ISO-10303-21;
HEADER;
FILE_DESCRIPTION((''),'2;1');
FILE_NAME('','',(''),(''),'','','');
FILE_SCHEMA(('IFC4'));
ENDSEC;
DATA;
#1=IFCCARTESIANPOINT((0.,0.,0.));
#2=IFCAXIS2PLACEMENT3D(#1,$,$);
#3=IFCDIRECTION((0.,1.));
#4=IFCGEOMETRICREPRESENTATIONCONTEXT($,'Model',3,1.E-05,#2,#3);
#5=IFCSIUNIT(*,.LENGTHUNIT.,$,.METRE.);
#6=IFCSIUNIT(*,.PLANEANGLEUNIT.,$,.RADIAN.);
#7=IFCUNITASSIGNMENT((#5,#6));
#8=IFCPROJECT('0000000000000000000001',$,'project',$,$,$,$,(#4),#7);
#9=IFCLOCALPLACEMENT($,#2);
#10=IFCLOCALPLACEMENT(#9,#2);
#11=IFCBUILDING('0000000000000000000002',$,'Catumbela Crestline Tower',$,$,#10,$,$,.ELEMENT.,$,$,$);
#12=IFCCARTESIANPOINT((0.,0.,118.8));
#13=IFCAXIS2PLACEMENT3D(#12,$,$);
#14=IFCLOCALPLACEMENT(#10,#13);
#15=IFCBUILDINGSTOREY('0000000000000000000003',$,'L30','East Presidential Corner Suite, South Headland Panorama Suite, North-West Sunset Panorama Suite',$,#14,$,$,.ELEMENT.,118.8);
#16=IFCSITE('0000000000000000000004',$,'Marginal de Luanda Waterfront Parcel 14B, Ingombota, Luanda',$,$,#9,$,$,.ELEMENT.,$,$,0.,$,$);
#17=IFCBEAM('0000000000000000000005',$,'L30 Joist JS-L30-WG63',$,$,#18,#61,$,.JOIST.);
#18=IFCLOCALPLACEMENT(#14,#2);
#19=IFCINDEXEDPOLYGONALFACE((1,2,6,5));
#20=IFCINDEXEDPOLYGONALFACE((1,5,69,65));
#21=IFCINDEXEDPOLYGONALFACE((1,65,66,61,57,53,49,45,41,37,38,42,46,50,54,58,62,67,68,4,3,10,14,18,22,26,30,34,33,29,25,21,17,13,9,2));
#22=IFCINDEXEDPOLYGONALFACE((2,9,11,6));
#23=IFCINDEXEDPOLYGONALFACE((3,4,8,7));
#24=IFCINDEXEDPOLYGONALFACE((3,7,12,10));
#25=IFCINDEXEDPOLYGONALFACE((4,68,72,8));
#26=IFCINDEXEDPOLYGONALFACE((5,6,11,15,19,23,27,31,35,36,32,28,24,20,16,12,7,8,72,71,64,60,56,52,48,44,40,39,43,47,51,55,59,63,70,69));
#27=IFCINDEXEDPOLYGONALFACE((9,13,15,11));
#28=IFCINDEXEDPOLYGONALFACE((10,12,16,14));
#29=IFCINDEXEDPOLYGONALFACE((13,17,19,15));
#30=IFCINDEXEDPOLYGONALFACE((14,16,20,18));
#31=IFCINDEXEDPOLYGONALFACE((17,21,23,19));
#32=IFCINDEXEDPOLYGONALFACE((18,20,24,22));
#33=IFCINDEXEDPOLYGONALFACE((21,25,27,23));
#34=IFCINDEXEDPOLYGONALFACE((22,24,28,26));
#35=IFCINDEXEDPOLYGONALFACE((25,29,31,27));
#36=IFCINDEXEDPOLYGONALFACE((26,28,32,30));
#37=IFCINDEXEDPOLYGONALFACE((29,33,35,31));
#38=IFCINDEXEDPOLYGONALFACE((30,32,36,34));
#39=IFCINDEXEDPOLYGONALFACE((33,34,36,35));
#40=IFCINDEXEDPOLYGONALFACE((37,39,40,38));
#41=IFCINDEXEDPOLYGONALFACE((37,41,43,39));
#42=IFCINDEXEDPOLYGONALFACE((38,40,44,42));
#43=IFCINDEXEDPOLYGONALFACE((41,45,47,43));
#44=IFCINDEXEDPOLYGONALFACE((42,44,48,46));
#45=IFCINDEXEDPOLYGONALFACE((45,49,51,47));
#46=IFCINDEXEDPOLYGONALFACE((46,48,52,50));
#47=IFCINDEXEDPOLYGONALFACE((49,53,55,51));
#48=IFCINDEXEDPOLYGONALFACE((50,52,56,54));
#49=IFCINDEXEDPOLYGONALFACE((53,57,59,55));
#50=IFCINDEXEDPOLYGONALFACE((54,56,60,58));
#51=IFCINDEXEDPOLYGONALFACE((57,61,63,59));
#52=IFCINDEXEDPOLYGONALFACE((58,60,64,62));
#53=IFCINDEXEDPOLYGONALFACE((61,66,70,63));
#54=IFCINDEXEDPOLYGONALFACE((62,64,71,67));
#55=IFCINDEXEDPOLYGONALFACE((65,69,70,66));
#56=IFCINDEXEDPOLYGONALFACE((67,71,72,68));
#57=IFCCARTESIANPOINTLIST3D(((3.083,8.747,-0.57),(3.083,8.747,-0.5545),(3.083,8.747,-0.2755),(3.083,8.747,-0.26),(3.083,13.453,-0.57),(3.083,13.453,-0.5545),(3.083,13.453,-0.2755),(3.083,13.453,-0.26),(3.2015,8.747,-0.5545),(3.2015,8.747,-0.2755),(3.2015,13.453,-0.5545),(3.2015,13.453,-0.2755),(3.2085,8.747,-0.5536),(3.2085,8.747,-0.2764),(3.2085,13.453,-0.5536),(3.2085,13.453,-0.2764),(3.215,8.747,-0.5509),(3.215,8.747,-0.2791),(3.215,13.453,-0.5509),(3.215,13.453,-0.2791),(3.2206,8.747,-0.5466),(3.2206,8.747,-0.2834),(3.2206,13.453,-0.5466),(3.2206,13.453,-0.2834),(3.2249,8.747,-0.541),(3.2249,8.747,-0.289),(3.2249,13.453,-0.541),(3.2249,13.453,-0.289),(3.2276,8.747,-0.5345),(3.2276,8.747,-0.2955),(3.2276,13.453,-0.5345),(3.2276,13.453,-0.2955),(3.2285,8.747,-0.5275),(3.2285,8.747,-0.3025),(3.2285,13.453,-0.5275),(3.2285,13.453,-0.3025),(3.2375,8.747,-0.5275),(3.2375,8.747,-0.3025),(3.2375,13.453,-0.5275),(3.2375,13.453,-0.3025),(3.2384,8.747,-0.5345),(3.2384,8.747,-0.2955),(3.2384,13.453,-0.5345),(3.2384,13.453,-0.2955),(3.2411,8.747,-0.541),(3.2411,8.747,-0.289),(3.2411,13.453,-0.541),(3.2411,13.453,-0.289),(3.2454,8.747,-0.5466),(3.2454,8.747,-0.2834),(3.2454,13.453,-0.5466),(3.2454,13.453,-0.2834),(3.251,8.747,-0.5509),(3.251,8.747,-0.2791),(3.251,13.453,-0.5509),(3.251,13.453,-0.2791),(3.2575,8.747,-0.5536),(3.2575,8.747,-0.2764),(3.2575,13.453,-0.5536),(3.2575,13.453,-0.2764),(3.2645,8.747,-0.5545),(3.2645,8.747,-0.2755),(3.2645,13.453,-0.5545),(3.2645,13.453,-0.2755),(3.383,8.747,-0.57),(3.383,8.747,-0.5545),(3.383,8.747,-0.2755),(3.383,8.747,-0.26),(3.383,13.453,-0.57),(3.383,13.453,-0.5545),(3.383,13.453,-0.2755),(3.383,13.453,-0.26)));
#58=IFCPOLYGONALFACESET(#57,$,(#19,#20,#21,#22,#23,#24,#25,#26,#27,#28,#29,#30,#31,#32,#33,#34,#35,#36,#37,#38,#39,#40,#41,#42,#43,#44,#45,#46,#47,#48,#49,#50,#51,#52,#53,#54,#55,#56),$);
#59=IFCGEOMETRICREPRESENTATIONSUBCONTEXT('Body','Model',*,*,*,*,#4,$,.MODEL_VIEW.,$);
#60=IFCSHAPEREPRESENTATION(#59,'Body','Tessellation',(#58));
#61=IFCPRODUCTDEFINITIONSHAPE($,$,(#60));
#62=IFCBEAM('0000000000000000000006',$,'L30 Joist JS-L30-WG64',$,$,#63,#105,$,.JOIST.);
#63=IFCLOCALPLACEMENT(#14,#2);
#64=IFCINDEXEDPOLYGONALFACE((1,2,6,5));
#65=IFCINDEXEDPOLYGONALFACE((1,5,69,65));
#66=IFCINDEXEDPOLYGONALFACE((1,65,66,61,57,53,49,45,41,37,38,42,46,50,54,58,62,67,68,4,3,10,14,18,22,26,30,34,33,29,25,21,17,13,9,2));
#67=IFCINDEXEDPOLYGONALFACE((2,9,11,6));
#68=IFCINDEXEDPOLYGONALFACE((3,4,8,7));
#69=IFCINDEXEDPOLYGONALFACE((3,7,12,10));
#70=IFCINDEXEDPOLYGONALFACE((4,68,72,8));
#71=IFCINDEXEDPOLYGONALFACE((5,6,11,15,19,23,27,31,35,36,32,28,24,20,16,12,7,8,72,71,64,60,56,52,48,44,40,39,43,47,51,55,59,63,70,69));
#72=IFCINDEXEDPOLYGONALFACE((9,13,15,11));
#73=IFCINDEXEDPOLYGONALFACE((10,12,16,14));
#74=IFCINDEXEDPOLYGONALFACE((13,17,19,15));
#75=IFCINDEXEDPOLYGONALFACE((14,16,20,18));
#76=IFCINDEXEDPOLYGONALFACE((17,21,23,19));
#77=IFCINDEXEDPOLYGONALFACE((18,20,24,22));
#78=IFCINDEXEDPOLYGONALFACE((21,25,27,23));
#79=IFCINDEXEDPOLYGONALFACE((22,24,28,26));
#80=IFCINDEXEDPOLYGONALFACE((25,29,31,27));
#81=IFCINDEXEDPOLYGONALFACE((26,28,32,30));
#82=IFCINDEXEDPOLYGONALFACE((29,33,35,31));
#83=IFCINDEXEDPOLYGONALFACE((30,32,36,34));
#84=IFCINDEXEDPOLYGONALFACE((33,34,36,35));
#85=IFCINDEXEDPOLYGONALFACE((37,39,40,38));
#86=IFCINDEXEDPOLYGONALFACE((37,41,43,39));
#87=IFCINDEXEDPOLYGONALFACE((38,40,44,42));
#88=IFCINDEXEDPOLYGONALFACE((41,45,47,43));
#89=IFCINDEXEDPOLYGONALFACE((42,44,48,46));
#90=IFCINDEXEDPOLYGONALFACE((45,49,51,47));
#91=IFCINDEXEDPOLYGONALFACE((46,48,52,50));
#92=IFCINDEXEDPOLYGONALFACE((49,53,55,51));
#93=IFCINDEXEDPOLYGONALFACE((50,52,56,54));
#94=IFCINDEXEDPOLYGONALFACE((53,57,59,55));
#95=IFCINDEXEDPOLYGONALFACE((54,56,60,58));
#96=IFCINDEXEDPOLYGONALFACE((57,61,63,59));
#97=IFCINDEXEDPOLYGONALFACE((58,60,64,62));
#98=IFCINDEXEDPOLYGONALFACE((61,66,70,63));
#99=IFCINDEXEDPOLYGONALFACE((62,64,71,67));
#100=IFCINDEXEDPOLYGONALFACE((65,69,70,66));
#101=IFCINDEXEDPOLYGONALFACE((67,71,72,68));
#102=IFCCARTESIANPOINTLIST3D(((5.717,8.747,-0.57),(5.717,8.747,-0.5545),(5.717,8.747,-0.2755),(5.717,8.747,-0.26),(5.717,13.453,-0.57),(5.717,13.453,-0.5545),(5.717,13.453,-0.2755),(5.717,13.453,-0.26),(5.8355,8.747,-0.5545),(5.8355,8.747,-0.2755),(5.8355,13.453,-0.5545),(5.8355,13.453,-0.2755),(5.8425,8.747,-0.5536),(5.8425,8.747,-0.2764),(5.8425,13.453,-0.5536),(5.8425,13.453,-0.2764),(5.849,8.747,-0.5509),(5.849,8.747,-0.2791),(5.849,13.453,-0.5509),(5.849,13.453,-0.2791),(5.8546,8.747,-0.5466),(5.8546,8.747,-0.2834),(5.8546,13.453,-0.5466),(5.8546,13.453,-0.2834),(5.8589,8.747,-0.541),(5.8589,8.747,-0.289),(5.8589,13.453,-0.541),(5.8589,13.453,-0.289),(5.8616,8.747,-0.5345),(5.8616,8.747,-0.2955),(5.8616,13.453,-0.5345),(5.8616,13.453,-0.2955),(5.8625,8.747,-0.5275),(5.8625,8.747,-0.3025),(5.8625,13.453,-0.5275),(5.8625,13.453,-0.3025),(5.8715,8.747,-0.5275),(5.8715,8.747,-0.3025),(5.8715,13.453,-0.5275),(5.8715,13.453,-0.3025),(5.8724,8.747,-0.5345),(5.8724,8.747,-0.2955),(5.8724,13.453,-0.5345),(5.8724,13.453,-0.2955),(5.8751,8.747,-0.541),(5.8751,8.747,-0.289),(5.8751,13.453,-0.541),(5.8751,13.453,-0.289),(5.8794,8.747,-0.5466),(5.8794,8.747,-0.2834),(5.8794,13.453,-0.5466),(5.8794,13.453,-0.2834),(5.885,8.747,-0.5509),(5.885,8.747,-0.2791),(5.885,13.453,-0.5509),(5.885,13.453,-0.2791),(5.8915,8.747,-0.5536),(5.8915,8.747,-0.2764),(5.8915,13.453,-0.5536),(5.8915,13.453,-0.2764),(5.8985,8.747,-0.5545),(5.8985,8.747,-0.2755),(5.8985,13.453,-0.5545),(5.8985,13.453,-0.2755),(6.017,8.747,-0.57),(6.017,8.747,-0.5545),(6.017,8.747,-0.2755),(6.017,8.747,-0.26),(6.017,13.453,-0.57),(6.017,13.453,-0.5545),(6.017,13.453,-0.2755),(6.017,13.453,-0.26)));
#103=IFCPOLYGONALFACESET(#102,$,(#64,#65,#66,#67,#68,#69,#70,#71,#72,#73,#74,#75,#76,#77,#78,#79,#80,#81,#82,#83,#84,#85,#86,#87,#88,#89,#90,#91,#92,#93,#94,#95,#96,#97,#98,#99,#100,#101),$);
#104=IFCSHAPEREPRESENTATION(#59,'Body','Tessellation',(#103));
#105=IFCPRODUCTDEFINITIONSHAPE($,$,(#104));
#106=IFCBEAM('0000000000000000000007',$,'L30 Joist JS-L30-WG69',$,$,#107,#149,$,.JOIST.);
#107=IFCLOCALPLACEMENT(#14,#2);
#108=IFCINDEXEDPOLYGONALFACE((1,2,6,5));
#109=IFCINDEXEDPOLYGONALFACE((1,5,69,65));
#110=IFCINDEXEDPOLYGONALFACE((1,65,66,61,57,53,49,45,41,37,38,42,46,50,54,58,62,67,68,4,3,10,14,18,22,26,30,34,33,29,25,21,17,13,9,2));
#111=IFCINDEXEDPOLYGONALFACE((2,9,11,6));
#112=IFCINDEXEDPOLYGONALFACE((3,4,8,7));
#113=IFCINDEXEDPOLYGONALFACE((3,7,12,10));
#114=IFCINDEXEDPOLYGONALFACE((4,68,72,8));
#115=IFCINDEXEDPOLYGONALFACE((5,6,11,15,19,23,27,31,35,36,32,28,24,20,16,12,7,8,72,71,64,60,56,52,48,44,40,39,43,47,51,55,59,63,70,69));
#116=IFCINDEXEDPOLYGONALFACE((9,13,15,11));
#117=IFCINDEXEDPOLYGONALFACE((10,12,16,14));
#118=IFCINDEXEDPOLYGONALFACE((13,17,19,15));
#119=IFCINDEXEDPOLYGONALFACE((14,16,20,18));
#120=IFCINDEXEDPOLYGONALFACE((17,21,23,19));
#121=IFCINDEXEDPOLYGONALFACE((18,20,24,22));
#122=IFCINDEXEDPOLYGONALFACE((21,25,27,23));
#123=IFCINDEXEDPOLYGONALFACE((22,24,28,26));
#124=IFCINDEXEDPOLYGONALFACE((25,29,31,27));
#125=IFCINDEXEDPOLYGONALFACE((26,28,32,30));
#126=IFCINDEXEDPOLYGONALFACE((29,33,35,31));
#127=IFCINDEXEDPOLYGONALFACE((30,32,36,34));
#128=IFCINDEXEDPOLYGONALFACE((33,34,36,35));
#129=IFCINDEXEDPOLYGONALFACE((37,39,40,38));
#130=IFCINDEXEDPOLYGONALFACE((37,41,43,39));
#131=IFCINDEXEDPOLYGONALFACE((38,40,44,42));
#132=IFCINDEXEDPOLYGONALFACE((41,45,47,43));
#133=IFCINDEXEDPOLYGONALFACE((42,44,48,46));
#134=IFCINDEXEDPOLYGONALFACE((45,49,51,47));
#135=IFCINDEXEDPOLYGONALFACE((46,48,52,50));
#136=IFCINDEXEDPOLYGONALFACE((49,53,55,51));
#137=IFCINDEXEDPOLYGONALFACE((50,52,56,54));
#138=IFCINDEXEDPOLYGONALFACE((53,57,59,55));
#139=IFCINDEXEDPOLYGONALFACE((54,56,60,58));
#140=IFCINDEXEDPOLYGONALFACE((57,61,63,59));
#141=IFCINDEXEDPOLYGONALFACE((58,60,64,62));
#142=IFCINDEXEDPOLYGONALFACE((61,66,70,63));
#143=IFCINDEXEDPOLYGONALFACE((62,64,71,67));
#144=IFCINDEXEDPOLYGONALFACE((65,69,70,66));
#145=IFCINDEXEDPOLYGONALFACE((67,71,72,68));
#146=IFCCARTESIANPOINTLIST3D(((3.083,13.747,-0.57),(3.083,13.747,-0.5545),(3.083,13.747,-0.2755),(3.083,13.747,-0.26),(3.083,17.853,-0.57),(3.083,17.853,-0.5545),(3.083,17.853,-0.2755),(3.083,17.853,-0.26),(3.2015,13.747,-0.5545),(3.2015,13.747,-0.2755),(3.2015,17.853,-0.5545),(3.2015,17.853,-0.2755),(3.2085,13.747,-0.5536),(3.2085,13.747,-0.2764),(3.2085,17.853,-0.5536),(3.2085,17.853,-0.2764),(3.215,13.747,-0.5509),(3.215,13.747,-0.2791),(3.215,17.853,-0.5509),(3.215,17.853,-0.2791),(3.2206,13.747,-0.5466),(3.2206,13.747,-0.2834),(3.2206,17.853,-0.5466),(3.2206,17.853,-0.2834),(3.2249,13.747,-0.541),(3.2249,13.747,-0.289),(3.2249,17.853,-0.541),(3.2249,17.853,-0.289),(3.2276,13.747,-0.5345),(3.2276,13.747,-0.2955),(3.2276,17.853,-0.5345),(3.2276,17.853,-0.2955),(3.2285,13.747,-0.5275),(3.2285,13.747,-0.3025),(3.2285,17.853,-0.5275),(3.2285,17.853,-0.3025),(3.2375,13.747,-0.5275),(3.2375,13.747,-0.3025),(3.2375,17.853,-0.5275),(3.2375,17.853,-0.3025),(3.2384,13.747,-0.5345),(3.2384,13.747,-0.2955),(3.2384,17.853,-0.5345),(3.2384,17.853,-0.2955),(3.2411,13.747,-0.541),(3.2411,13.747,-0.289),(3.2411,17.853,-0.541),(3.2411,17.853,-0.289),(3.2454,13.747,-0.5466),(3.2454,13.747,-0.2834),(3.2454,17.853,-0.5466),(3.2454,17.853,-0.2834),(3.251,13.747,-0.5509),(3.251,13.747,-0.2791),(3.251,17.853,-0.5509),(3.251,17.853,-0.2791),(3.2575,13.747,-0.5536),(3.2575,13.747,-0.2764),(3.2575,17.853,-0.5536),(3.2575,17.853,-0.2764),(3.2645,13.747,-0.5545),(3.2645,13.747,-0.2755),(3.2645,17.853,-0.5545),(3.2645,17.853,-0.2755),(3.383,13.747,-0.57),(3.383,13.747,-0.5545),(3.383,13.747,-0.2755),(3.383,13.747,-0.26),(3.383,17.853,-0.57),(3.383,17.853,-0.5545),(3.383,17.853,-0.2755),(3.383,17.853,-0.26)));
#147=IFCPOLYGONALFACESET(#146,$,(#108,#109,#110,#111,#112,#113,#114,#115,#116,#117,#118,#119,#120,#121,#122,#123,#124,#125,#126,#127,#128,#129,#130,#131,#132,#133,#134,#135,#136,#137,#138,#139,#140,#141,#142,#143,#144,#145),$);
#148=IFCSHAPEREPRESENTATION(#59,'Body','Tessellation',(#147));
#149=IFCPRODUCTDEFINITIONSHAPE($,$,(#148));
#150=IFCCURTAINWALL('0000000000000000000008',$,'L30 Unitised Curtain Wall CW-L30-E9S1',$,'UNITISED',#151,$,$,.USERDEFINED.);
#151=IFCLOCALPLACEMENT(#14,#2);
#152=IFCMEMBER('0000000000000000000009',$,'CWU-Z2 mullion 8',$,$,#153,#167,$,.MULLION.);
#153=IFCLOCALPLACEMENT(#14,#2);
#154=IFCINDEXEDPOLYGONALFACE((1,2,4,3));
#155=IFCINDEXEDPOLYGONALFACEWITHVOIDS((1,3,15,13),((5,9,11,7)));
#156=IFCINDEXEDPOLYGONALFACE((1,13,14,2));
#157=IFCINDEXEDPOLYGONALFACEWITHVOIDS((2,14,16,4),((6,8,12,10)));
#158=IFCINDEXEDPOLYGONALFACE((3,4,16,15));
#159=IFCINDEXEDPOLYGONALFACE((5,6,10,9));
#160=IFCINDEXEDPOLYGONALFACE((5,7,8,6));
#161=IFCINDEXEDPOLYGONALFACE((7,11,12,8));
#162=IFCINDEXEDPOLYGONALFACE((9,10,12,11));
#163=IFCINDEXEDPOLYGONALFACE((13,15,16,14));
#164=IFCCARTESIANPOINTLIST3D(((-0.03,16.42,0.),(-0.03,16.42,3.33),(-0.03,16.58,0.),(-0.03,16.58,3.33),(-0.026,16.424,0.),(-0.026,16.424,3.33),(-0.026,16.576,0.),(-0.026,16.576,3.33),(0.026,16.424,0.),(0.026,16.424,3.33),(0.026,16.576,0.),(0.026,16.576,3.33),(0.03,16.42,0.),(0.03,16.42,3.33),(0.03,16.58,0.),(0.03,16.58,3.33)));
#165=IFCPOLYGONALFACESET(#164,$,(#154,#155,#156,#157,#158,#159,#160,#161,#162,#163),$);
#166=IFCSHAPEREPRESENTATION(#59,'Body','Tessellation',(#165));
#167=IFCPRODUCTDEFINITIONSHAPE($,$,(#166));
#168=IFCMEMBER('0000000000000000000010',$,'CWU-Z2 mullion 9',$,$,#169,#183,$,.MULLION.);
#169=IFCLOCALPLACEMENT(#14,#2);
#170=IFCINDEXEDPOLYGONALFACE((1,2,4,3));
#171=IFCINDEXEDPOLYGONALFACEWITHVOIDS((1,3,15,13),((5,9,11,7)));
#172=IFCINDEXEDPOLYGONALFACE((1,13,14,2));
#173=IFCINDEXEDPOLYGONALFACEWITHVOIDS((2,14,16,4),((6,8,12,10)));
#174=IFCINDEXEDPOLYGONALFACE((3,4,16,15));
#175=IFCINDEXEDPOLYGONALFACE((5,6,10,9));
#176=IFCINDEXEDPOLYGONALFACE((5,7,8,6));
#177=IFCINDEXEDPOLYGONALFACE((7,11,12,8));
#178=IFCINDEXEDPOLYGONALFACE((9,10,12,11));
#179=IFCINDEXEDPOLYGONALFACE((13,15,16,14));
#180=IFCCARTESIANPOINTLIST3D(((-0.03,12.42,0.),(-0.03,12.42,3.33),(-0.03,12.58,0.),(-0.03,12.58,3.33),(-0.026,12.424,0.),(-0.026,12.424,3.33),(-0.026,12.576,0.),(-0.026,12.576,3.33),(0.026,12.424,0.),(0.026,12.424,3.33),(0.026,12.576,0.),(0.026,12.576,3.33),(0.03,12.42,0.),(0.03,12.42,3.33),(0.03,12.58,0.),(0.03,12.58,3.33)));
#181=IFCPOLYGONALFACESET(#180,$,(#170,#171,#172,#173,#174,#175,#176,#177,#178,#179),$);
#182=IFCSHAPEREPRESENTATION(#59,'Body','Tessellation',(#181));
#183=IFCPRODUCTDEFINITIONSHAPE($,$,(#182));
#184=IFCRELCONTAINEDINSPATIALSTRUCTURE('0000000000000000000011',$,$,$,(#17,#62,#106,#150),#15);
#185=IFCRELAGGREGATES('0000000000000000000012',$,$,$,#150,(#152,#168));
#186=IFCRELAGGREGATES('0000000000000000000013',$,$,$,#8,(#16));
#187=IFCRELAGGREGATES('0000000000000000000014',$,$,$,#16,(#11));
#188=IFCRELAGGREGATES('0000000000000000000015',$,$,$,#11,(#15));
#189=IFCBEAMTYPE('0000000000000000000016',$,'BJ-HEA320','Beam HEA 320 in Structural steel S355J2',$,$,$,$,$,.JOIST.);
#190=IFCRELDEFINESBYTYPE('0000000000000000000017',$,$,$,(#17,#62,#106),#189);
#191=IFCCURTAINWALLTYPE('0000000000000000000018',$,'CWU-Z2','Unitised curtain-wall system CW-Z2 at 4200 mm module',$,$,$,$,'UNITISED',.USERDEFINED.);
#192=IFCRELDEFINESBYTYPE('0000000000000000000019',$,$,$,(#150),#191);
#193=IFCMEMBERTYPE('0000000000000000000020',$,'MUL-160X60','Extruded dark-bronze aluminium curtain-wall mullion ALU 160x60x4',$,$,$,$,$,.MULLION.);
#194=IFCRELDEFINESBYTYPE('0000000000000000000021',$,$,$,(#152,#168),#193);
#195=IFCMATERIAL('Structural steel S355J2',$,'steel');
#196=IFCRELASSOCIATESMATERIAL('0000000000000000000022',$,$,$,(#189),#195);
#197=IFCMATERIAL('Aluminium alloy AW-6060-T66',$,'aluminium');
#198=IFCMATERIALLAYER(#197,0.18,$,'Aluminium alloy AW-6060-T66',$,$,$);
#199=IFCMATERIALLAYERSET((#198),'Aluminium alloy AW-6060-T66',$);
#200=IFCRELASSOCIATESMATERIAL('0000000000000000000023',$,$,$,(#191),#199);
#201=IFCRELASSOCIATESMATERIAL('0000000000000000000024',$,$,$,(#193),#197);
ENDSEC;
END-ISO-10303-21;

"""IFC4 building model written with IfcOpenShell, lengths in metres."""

from ifc_helpers import new_model, si_unit, direction, frame, origin, origin_2d, place, context, subcontext, project, spatial, hollow_rectangle, i_section, extrude, material, layer, layer_set, material_profile, profile_set, type_object, element, aggregate, save


model = new_model("IFC4")

# Units and contexts
model_context = context("Model", 3, precision=1e-05, world=origin(), true_north=direction((0.0, 1.0)))
body_context = subcontext(model_context, "Body", "Model", "MODEL_VIEW")
ifc_project = project(units=[si_unit("LENGTHUNIT", "METRE"), si_unit("PLANEANGLEUNIT", "RADIAN")], contexts=[model_context])

# Site, building, storey
site_placement = place(None, origin())
site = spatial("IfcSite", under=ifc_project, at=site_placement, Name="Marginal de Luanda Waterfront Parcel 14B, Ingombota, Luanda", CompositionType="ELEMENT", RefElevation=0.0)
building_placement = place(site_placement, origin())
building = spatial("IfcBuilding", under=site, at=building_placement, Name="Catumbela Crestline Tower", CompositionType="ELEMENT")
storey_placement = place(building_placement, frame((0.0, 0.0, 118.8)))
storey = spatial("IfcBuildingStorey", under=building, at=storey_placement, Name="L30", Description="East Presidential Corner Suite, South Headland Panorama Suite, North-West Sunset Panorama Suite", CompositionType="ELEMENT", Elevation=118.8)

# Beams
ifc_material_1 = material(Name="Structural steel S355J2", Category="steel")
ifc_material_profile_1 = material_profile(ifc_material_1, i_section(OverallWidth=0.3, OverallDepth=0.31, WebThickness=0.009, FlangeThickness=0.0155, FilletRadius=0.027, at=origin_2d()), Name="HEA 320")
ifc_profile_set_1 = profile_set([ifc_material_profile_1], Name="Structural steel S355J2")
beam_type_1 = type_object("IfcBeamType", Name="BJ-HEA320", Description="Beam HEA 320 in Structural steel S355J2", PredefinedType="JOIST", material=ifc_profile_set_1)
for number, where, z_axis, x_axis, name in (
    (1, (3.233, 8.747, -0.415), (0.0, 1.0, 0.0), (-1.0, 0.0, 0.0), "L30 Joist JS-L30-WG63"),
    (2, (5.867, 8.747, -0.415), (0.0, 1.0, 0.0), (-1.0, 0.0, 0.0), "L30 Joist JS-L30-WG64"),
):
    element("IfcBeam", number, at=place(storey_placement, frame(where, z_axis=z_axis, x_axis=x_axis)), inside=storey, type_object=beam_type_1, Name=name, PredefinedType="JOIST", context=body_context, shape_type="SweptSolid", body=[
        extrude(i_section(OverallWidth=0.3, OverallDepth=0.31, WebThickness=0.009, FlangeThickness=0.0155, FilletRadius=0.027, at=origin_2d()), origin(), (0.0, 0.0, 1.0), 4.706),
    ])
beam_1_placement = place(storey_placement, frame((3.233, 13.747, -0.415), z_axis=(0.0, 1.0, 0.0), x_axis=(-1.0, 0.0, 0.0)))
element("IfcBeam", 3, at=beam_1_placement, inside=storey, type_object=beam_type_1, Name="L30 Joist JS-L30-WG69", PredefinedType="JOIST", context=body_context, shape_type="SweptSolid", body=[
    extrude(i_section(OverallWidth=0.3, OverallDepth=0.31, WebThickness=0.009, FlangeThickness=0.0155, FilletRadius=0.027, at=origin_2d()), origin(), (0.0, 0.0, 1.0), 4.106),
])

# Curtain wall, members
ifc_material_2 = material(Name="Aluminium alloy AW-6060-T66", Category="aluminium")
ifc_layer_1 = layer(ifc_material_2, 0.18, Name="Aluminium alloy AW-6060-T66")
ifc_layer_set_1 = layer_set([ifc_layer_1], Name="Aluminium alloy AW-6060-T66")
curtain_wall_type = type_object("IfcCurtainWallType", Name="CWU-Z2", Description="Unitised curtain-wall system CW-Z2 at 4200 mm module", ElementType="UNITISED", PredefinedType="USERDEFINED", material=ifc_layer_set_1)
curtain_wall_placement = place(storey_placement, origin())
curtain_wall = element("IfcCurtainWall", 4, at=curtain_wall_placement, inside=storey, type_object=curtain_wall_type, Name="L30 Unitised Curtain Wall CW-L30-E9S1", ObjectType="UNITISED", PredefinedType="USERDEFINED")
ifc_material_profile_2 = material_profile(ifc_material_2, hollow_rectangle(XDim=0.06, YDim=0.16, WallThickness=0.004, at=origin_2d()), Name="ALU 160x60x4")
ifc_profile_set_2 = profile_set([ifc_material_profile_2], Name="Aluminium alloy AW-6060-T66")
member_type_1 = type_object("IfcMemberType", Name="MUL-160X60", Description="Extruded dark-bronze aluminium curtain-wall mullion ALU 160x60x4", PredefinedType="MULLION", material=ifc_profile_set_2)
member_1_placement = place(storey_placement, frame((0.0, 16.5, 0.0), z_axis=(0.0, 0.0, 1.0), x_axis=(1.0, 0.0, 0.0)))
member_1 = element("IfcMember", 5, at=member_1_placement, type_object=member_type_1, Name="CWU-Z2 mullion 8", PredefinedType="MULLION", context=body_context, shape_type="SweptSolid", body=[
    extrude(hollow_rectangle(XDim=0.06, YDim=0.16, WallThickness=0.004, at=origin_2d()), origin(), (0.0, 0.0, 1.0), 3.33),
])
member_2_placement = place(storey_placement, frame((0.0, 12.5, 0.0), z_axis=(0.0, 0.0, 1.0), x_axis=(1.0, 0.0, 0.0)))
member_2 = element("IfcMember", 6, at=member_2_placement, type_object=member_type_1, Name="CWU-Z2 mullion 9", PredefinedType="MULLION", context=body_context, shape_type="SweptSolid", body=[
    extrude(hollow_rectangle(XDim=0.06, YDim=0.16, WallThickness=0.004, at=origin_2d()), origin(), (0.0, 0.0, 1.0), 3.33),
])

aggregate(curtain_wall, [member_1, member_2])

save(model, "model.ifc")
